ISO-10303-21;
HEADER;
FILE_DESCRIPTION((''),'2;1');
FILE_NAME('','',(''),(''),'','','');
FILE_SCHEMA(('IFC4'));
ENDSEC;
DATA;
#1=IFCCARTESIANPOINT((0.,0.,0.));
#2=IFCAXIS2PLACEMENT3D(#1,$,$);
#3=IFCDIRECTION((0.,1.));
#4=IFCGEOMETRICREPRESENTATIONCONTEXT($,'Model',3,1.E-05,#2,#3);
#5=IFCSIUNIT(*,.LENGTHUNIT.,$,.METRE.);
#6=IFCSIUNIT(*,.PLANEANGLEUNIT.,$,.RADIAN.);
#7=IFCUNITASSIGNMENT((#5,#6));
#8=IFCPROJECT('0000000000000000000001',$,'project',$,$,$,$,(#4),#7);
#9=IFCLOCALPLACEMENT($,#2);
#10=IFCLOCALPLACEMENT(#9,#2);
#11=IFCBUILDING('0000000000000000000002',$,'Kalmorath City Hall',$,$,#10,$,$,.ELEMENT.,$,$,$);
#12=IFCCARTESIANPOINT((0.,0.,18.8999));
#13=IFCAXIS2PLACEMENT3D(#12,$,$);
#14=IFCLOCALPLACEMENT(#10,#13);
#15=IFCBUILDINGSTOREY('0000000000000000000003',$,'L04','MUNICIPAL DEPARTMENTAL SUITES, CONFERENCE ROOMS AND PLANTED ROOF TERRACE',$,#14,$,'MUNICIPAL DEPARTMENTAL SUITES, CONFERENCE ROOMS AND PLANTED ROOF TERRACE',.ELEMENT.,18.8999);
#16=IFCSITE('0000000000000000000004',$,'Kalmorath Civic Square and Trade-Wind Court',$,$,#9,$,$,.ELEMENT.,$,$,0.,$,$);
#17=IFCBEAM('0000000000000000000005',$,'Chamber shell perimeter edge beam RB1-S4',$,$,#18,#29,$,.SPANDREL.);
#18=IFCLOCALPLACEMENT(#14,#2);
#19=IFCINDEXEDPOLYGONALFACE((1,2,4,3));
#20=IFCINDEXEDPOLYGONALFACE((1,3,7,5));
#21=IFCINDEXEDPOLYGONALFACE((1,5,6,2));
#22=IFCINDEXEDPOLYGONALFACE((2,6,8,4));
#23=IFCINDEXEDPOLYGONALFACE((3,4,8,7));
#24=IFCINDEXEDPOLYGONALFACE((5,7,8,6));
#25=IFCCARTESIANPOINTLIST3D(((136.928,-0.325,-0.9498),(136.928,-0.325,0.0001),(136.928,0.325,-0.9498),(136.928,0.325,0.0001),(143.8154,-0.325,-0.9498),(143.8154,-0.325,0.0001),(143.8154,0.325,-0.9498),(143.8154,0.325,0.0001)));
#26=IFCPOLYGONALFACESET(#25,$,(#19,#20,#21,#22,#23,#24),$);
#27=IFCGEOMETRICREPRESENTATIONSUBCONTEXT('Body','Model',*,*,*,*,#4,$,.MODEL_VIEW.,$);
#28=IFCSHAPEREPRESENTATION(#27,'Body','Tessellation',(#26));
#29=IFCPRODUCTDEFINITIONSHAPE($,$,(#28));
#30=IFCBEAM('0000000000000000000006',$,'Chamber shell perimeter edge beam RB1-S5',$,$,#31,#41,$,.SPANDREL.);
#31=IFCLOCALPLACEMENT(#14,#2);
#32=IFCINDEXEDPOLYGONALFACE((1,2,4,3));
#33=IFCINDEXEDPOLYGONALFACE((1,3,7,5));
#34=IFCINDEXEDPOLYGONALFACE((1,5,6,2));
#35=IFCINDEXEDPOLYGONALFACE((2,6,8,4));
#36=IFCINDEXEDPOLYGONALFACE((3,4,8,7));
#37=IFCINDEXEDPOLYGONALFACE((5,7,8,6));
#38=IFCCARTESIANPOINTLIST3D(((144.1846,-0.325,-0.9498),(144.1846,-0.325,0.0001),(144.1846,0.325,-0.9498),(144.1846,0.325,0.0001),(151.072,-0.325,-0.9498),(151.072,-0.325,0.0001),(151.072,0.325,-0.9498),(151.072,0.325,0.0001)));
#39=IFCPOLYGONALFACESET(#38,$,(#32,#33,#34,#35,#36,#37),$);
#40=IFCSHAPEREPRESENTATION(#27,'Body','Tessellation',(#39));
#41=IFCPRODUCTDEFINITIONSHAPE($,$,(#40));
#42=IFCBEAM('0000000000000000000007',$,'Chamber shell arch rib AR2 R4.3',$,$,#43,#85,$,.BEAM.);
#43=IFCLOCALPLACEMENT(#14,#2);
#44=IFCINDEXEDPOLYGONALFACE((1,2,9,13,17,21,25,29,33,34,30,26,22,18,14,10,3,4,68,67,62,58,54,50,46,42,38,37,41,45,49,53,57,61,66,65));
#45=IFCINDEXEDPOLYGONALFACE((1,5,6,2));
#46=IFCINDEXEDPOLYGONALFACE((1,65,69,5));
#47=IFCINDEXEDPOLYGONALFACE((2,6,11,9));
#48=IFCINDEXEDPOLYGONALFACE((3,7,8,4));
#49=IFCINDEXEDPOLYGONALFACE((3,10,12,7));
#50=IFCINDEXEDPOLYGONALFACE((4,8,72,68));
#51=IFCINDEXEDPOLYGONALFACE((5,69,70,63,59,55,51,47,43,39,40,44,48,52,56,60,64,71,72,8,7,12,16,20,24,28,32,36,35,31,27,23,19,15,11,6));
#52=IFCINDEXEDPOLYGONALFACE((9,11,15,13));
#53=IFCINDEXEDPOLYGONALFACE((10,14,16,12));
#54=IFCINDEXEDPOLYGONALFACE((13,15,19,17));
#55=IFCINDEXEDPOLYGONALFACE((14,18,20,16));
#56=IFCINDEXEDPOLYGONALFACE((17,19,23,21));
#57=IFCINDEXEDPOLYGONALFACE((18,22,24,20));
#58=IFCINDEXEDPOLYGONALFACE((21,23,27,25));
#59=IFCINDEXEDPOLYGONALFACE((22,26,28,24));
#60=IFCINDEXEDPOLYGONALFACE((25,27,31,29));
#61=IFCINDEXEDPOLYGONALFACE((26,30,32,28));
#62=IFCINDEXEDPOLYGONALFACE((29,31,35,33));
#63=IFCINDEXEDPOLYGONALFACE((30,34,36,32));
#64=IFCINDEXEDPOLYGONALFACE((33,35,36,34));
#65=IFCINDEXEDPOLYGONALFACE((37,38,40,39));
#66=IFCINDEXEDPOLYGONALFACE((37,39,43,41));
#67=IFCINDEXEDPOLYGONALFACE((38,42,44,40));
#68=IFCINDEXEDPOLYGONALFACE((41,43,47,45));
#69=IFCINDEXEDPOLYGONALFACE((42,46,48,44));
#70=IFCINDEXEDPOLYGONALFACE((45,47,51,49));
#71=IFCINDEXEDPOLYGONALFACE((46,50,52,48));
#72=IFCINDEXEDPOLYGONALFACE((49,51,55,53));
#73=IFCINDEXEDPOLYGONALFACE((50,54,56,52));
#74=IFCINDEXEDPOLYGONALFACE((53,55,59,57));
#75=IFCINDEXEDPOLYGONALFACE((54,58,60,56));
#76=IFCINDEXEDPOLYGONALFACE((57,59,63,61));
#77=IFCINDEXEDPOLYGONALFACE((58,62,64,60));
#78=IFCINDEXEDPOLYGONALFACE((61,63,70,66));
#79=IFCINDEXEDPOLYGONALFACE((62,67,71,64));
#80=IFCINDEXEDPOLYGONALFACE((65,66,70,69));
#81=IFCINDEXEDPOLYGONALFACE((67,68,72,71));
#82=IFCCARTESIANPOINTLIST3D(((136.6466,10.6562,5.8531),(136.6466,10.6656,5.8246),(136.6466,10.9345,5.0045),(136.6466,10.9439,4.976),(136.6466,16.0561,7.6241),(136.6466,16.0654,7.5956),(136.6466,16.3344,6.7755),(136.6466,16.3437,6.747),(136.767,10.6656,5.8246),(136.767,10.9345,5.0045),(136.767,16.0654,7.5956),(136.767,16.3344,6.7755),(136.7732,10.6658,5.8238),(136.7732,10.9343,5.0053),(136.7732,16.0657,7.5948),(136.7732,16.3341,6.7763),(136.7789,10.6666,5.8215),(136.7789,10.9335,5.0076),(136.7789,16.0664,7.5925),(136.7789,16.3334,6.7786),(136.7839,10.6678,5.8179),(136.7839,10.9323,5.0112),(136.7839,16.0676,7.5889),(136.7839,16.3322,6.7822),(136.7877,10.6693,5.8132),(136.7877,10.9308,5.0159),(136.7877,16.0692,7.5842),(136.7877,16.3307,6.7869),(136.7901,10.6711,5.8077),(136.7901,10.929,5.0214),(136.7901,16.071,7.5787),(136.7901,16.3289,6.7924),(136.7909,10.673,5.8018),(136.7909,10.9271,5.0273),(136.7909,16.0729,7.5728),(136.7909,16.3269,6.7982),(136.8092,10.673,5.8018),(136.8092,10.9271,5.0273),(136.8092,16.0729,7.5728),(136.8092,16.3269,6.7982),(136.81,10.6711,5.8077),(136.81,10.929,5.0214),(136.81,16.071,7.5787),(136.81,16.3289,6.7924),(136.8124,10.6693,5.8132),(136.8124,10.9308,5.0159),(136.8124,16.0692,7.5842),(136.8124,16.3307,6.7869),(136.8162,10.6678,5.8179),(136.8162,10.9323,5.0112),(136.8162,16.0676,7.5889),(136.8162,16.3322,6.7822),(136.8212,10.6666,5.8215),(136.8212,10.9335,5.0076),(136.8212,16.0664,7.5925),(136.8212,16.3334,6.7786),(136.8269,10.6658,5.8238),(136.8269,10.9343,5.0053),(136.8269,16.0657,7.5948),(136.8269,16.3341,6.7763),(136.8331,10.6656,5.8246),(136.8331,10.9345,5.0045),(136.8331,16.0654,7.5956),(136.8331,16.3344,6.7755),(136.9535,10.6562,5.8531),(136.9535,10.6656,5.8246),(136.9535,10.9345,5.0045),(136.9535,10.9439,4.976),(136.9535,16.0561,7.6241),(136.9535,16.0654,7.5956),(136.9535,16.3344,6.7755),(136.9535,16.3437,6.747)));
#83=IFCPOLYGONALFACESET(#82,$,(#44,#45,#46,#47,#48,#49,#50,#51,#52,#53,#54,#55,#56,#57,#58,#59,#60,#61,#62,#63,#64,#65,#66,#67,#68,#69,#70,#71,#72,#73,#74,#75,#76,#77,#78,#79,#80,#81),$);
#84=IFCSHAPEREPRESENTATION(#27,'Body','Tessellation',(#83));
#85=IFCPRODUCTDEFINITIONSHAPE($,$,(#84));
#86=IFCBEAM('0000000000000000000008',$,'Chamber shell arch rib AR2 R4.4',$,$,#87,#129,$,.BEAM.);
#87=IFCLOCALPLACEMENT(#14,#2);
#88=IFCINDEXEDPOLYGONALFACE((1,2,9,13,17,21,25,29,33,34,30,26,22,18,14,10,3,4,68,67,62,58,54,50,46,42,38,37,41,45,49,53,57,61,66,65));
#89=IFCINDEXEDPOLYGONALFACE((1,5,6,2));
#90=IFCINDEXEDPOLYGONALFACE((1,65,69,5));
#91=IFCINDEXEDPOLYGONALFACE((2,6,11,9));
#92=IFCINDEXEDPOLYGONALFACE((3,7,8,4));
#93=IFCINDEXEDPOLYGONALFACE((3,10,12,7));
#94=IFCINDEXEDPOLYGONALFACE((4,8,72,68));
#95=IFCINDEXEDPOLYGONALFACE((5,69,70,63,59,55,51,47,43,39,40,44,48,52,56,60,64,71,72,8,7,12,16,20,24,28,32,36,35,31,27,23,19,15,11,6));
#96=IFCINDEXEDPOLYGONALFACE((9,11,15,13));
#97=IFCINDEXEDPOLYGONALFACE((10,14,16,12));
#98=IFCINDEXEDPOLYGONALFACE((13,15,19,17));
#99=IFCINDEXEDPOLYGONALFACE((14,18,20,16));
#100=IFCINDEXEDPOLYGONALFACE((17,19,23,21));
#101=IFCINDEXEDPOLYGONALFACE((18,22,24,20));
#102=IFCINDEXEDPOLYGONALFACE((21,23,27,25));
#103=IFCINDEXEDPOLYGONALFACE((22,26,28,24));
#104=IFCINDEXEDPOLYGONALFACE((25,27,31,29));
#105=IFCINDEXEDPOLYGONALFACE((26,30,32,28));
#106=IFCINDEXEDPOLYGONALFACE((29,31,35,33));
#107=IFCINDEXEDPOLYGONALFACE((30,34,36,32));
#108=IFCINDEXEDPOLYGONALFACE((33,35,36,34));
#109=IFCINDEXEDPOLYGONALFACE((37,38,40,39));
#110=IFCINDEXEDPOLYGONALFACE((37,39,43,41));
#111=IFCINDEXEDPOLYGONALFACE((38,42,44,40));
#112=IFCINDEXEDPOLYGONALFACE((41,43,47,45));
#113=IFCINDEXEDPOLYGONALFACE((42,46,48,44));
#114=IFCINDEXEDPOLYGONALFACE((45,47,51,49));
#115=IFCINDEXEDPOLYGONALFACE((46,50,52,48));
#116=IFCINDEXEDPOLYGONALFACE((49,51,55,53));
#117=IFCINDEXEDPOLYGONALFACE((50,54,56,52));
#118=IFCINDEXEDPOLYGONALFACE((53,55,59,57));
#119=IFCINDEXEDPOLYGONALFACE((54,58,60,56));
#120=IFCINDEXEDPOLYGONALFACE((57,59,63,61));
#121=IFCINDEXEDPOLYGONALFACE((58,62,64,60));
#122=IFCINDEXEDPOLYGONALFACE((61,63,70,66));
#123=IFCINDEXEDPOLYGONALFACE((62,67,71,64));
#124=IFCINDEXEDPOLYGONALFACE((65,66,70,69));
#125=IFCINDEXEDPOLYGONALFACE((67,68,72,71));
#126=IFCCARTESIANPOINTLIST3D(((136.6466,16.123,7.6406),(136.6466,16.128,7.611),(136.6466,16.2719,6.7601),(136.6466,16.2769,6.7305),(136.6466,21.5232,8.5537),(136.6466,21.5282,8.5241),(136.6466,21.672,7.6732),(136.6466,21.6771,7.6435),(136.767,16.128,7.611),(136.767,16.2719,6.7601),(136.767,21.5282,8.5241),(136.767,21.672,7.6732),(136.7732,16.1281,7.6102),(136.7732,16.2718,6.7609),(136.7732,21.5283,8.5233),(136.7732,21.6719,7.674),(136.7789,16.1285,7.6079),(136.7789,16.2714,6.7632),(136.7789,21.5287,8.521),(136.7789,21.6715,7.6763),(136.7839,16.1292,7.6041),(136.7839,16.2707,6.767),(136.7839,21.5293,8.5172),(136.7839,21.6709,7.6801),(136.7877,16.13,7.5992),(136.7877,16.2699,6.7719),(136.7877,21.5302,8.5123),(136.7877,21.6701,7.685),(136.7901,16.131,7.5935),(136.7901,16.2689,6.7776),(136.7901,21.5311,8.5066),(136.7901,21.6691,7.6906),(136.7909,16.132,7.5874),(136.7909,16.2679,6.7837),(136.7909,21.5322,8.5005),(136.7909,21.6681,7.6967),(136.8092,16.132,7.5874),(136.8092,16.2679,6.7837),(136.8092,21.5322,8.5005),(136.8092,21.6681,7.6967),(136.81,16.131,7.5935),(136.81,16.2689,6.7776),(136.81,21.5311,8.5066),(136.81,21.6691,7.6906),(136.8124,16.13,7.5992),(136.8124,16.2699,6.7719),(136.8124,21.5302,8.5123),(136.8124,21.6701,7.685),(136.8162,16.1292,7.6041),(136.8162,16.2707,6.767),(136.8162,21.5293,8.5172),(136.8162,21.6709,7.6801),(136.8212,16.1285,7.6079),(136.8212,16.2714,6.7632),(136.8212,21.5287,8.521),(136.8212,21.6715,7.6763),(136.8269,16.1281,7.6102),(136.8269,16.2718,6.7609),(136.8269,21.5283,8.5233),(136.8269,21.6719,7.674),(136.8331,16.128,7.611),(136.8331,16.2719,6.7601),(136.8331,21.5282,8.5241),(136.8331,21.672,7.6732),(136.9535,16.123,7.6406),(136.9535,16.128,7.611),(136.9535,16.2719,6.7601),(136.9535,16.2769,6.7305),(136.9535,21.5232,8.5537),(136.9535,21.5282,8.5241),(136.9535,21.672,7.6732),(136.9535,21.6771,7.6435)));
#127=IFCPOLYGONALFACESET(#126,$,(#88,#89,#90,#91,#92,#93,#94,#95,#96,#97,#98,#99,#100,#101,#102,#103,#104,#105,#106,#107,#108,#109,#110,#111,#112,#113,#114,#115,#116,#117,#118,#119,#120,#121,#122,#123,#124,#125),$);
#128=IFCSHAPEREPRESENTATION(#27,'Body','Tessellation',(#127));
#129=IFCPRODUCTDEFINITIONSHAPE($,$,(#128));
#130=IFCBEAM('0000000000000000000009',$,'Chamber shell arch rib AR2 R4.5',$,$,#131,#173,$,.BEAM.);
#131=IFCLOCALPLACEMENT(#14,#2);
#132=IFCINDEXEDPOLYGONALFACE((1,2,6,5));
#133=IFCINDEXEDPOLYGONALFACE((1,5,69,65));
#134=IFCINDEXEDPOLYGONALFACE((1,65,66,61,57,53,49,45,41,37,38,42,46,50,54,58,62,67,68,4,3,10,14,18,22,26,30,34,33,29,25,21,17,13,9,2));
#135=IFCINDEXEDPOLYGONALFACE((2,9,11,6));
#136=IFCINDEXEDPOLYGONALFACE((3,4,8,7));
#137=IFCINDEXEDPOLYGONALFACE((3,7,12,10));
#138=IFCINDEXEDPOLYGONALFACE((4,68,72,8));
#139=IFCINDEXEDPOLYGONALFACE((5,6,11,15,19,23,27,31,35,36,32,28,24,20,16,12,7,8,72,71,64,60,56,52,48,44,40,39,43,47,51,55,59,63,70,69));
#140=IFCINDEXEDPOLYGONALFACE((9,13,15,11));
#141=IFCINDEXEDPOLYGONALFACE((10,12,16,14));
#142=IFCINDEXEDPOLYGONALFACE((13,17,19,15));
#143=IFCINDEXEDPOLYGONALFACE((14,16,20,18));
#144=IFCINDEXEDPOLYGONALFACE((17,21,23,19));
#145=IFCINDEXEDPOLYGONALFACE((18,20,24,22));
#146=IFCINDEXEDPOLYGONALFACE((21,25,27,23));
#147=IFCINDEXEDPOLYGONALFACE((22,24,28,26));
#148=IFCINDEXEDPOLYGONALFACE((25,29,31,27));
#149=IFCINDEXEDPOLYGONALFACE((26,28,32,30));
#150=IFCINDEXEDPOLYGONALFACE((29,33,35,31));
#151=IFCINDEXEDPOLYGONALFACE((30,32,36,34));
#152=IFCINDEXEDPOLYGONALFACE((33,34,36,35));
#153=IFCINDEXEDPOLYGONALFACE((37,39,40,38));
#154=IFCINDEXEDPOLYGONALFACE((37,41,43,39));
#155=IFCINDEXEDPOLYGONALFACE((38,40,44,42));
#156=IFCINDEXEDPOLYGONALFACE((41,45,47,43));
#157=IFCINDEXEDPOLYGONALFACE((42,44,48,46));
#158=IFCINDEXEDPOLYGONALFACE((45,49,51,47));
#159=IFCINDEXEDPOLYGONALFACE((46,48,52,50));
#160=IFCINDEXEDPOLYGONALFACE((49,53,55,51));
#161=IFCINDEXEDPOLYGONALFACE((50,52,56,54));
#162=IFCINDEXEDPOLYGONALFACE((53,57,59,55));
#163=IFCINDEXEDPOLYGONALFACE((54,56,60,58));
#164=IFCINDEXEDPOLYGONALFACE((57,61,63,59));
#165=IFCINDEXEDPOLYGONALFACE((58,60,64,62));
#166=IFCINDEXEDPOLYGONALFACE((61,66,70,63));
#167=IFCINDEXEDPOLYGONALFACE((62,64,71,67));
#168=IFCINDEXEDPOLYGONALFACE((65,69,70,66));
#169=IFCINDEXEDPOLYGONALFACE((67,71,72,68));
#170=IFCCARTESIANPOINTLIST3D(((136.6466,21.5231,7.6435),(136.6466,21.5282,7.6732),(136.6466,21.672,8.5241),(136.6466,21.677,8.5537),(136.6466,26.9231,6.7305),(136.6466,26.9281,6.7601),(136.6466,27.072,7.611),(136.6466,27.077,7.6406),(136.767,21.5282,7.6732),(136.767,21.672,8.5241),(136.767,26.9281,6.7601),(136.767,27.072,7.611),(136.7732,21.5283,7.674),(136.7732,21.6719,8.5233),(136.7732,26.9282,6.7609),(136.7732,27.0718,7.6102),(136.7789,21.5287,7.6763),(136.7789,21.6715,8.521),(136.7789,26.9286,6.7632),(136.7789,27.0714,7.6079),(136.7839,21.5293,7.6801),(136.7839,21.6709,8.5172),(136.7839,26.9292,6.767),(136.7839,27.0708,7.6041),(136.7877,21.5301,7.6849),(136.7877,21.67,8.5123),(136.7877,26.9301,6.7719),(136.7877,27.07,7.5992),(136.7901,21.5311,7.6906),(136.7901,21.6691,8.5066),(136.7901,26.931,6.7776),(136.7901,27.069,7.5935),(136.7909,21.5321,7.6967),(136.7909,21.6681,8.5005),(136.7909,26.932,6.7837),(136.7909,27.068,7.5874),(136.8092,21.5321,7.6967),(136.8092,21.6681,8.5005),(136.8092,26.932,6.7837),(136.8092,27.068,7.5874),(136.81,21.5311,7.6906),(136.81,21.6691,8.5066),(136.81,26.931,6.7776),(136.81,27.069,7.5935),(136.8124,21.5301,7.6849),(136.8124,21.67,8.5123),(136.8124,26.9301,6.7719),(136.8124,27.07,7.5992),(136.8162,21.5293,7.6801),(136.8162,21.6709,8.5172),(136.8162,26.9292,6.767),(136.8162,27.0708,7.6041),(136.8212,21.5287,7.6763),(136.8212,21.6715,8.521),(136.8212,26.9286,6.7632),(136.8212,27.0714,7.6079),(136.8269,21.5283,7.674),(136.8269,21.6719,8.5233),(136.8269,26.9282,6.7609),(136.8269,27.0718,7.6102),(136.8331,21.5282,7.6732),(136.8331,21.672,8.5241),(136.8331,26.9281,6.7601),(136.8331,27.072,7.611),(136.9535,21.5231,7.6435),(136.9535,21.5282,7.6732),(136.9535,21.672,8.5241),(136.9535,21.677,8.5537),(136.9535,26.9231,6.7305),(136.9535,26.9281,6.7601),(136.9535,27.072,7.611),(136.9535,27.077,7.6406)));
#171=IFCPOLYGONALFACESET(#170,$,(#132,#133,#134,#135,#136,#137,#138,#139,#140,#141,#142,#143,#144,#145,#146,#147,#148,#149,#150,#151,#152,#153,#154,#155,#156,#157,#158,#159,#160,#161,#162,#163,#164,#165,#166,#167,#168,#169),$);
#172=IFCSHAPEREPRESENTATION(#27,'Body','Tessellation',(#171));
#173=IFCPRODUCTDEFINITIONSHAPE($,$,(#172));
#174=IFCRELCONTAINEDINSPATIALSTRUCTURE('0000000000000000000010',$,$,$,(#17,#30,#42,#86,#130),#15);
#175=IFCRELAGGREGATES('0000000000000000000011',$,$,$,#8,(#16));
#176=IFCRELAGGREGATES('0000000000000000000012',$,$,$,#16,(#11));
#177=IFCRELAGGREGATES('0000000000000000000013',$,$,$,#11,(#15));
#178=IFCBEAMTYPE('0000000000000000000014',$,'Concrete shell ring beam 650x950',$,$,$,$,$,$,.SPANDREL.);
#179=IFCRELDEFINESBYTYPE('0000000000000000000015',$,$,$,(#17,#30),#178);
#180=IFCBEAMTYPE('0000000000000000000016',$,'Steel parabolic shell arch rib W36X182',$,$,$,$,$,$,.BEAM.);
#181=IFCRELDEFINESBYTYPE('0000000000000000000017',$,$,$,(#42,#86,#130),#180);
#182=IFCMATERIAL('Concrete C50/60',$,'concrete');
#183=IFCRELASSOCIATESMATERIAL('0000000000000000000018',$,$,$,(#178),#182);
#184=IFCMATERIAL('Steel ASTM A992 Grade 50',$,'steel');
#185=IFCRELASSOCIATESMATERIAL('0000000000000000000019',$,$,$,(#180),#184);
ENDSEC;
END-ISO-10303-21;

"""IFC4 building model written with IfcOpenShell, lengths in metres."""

from ifc_helpers import new_model, si_unit, direction, frame, origin, origin_2d, place, context, subcontext, project, spatial, rectangle, i_section, extrude, material, material_profile, profile_set, type_object, element, save


model = new_model("IFC4")

# Units and contexts
model_context = context("Model", 3, precision=1e-05, world=origin(), true_north=direction((0.0, 1.0)))
body_context = subcontext(model_context, "Body", "Model", "MODEL_VIEW")
ifc_project = project(units=[si_unit("LENGTHUNIT", "METRE"), si_unit("PLANEANGLEUNIT", "RADIAN")], contexts=[model_context])

# Site, building, storey
site_placement = place(None, origin())
site = spatial("IfcSite", under=ifc_project, at=site_placement, Name="Kalmorath Civic Square and Trade-Wind Court", CompositionType="ELEMENT", RefElevation=0.0)
building_placement = place(site_placement, origin())
building = spatial("IfcBuilding", under=site, at=building_placement, Name="Kalmorath City Hall", CompositionType="ELEMENT")
storey_placement = place(building_placement, frame((0.0, 0.0, 18.8999)))
storey = spatial("IfcBuildingStorey", under=building, at=storey_placement, Name="L04", Description="MUNICIPAL DEPARTMENTAL SUITES, CONFERENCE ROOMS AND PLANTED ROOF TERRACE", LongName="MUNICIPAL DEPARTMENTAL SUITES, CONFERENCE ROOMS AND PLANTED ROOF TERRACE", CompositionType="ELEMENT", Elevation=18.8999)

# Beams
ifc_material_1 = material(Name="Concrete C50/60", Category="concrete")
ifc_material_profile_1 = material_profile(ifc_material_1, rectangle(XDim=0.6499, YDim=0.95, at=origin_2d()), Name="RC-RING-650X950")
ifc_profile_set_1 = profile_set([ifc_material_profile_1], Name="Concrete C50/60")
beam_type_1 = type_object("IfcBeamType", Name="Concrete shell ring beam 650x950", PredefinedType="SPANDREL", material=ifc_profile_set_1)
for number, where, z_axis, x_axis, name in (
    (1, (136.928, 0.0, -0.4749), (1.0, 0.0, 0.0), (0.0, 1.0, 0.0), "Chamber shell perimeter edge beam RB1-S4"),
    (2, (144.1846, 0.0, -0.4749), (1.0, 0.0, 0.0), (0.0, 1.0, 0.0), "Chamber shell perimeter edge beam RB1-S5"),
):
    element("IfcBeam", number, at=place(storey_placement, frame(where, z_axis=z_axis, x_axis=x_axis)), inside=storey, type_object=beam_type_1, Name=name, PredefinedType="SPANDREL", context=body_context, shape_type="SweptSolid", body=[
        extrude(rectangle(XDim=0.6499, YDim=0.95, at=origin_2d()), origin(), (0.0, 0.0, 1.0), 6.8875),
    ])
ifc_material_2 = material(Name="Steel ASTM A992 Grade 50", Category="steel")
ifc_material_profile_2 = material_profile(ifc_material_2, i_section(OverallWidth=0.3069, OverallDepth=0.9231, WebThickness=0.0183, FlangeThickness=0.03, FilletRadius=0.0239, at=origin_2d()), Name="W36X182")
ifc_profile_set_2 = profile_set([ifc_material_profile_2], Name="Steel ASTM A992 Grade 50")
beam_type_2 = type_object("IfcBeamType", Name="Steel parabolic shell arch rib W36X182", PredefinedType="BEAM", material=ifc_profile_set_2)
beam_1_placement = place(storey_placement, frame((136.8, 10.8, 5.4146), z_axis=(0.0, 0.950202, 0.311636), x_axis=(-1.0, 0.0, 0.0)))
element("IfcBeam", 3, at=beam_1_placement, inside=storey, type_object=beam_type_2, Name="Chamber shell arch rib AR2 R4.3", PredefinedType="BEAM", context=body_context, shape_type="SweptSolid", body=[
    extrude(i_section(OverallWidth=0.3069, OverallDepth=0.9231, WebThickness=0.0183, FlangeThickness=0.03, FilletRadius=0.0239, at=origin_2d()), origin(), (0.0, 0.0, 1.0), 5.6829),
])
beam_2_placement = place(storey_placement, frame((136.8, 16.2, 7.1855), z_axis=(0.0, 0.986004, 0.166719), x_axis=(-1.0, 0.0, 0.0)))
element("IfcBeam", 4, at=beam_2_placement, inside=storey, type_object=beam_type_2, Name="Chamber shell arch rib AR2 R4.4", PredefinedType="BEAM", context=body_context, shape_type="SweptSolid", body=[
    extrude(i_section(OverallWidth=0.3069, OverallDepth=0.9231, WebThickness=0.0183, FlangeThickness=0.03, FilletRadius=0.0239, at=origin_2d()), origin(), (0.0, 0.0, 1.0), 5.4768),
])
beam_3_placement = place(storey_placement, frame((136.8, 21.6001, 8.0986), z_axis=(0.0, 0.986003, -0.166726), x_axis=(-1.0, 0.0, 0.0)))
element("IfcBeam", 5, at=beam_3_placement, inside=storey, type_object=beam_type_2, Name="Chamber shell arch rib AR2 R4.5", PredefinedType="BEAM", context=body_context, shape_type="SweptSolid", body=[
    extrude(i_section(OverallWidth=0.3069, OverallDepth=0.9231, WebThickness=0.0183, FlangeThickness=0.03, FilletRadius=0.0239, at=origin_2d()), origin(), (0.0, 0.0, 1.0), 5.4766),
])

save(model, "model.ifc")
